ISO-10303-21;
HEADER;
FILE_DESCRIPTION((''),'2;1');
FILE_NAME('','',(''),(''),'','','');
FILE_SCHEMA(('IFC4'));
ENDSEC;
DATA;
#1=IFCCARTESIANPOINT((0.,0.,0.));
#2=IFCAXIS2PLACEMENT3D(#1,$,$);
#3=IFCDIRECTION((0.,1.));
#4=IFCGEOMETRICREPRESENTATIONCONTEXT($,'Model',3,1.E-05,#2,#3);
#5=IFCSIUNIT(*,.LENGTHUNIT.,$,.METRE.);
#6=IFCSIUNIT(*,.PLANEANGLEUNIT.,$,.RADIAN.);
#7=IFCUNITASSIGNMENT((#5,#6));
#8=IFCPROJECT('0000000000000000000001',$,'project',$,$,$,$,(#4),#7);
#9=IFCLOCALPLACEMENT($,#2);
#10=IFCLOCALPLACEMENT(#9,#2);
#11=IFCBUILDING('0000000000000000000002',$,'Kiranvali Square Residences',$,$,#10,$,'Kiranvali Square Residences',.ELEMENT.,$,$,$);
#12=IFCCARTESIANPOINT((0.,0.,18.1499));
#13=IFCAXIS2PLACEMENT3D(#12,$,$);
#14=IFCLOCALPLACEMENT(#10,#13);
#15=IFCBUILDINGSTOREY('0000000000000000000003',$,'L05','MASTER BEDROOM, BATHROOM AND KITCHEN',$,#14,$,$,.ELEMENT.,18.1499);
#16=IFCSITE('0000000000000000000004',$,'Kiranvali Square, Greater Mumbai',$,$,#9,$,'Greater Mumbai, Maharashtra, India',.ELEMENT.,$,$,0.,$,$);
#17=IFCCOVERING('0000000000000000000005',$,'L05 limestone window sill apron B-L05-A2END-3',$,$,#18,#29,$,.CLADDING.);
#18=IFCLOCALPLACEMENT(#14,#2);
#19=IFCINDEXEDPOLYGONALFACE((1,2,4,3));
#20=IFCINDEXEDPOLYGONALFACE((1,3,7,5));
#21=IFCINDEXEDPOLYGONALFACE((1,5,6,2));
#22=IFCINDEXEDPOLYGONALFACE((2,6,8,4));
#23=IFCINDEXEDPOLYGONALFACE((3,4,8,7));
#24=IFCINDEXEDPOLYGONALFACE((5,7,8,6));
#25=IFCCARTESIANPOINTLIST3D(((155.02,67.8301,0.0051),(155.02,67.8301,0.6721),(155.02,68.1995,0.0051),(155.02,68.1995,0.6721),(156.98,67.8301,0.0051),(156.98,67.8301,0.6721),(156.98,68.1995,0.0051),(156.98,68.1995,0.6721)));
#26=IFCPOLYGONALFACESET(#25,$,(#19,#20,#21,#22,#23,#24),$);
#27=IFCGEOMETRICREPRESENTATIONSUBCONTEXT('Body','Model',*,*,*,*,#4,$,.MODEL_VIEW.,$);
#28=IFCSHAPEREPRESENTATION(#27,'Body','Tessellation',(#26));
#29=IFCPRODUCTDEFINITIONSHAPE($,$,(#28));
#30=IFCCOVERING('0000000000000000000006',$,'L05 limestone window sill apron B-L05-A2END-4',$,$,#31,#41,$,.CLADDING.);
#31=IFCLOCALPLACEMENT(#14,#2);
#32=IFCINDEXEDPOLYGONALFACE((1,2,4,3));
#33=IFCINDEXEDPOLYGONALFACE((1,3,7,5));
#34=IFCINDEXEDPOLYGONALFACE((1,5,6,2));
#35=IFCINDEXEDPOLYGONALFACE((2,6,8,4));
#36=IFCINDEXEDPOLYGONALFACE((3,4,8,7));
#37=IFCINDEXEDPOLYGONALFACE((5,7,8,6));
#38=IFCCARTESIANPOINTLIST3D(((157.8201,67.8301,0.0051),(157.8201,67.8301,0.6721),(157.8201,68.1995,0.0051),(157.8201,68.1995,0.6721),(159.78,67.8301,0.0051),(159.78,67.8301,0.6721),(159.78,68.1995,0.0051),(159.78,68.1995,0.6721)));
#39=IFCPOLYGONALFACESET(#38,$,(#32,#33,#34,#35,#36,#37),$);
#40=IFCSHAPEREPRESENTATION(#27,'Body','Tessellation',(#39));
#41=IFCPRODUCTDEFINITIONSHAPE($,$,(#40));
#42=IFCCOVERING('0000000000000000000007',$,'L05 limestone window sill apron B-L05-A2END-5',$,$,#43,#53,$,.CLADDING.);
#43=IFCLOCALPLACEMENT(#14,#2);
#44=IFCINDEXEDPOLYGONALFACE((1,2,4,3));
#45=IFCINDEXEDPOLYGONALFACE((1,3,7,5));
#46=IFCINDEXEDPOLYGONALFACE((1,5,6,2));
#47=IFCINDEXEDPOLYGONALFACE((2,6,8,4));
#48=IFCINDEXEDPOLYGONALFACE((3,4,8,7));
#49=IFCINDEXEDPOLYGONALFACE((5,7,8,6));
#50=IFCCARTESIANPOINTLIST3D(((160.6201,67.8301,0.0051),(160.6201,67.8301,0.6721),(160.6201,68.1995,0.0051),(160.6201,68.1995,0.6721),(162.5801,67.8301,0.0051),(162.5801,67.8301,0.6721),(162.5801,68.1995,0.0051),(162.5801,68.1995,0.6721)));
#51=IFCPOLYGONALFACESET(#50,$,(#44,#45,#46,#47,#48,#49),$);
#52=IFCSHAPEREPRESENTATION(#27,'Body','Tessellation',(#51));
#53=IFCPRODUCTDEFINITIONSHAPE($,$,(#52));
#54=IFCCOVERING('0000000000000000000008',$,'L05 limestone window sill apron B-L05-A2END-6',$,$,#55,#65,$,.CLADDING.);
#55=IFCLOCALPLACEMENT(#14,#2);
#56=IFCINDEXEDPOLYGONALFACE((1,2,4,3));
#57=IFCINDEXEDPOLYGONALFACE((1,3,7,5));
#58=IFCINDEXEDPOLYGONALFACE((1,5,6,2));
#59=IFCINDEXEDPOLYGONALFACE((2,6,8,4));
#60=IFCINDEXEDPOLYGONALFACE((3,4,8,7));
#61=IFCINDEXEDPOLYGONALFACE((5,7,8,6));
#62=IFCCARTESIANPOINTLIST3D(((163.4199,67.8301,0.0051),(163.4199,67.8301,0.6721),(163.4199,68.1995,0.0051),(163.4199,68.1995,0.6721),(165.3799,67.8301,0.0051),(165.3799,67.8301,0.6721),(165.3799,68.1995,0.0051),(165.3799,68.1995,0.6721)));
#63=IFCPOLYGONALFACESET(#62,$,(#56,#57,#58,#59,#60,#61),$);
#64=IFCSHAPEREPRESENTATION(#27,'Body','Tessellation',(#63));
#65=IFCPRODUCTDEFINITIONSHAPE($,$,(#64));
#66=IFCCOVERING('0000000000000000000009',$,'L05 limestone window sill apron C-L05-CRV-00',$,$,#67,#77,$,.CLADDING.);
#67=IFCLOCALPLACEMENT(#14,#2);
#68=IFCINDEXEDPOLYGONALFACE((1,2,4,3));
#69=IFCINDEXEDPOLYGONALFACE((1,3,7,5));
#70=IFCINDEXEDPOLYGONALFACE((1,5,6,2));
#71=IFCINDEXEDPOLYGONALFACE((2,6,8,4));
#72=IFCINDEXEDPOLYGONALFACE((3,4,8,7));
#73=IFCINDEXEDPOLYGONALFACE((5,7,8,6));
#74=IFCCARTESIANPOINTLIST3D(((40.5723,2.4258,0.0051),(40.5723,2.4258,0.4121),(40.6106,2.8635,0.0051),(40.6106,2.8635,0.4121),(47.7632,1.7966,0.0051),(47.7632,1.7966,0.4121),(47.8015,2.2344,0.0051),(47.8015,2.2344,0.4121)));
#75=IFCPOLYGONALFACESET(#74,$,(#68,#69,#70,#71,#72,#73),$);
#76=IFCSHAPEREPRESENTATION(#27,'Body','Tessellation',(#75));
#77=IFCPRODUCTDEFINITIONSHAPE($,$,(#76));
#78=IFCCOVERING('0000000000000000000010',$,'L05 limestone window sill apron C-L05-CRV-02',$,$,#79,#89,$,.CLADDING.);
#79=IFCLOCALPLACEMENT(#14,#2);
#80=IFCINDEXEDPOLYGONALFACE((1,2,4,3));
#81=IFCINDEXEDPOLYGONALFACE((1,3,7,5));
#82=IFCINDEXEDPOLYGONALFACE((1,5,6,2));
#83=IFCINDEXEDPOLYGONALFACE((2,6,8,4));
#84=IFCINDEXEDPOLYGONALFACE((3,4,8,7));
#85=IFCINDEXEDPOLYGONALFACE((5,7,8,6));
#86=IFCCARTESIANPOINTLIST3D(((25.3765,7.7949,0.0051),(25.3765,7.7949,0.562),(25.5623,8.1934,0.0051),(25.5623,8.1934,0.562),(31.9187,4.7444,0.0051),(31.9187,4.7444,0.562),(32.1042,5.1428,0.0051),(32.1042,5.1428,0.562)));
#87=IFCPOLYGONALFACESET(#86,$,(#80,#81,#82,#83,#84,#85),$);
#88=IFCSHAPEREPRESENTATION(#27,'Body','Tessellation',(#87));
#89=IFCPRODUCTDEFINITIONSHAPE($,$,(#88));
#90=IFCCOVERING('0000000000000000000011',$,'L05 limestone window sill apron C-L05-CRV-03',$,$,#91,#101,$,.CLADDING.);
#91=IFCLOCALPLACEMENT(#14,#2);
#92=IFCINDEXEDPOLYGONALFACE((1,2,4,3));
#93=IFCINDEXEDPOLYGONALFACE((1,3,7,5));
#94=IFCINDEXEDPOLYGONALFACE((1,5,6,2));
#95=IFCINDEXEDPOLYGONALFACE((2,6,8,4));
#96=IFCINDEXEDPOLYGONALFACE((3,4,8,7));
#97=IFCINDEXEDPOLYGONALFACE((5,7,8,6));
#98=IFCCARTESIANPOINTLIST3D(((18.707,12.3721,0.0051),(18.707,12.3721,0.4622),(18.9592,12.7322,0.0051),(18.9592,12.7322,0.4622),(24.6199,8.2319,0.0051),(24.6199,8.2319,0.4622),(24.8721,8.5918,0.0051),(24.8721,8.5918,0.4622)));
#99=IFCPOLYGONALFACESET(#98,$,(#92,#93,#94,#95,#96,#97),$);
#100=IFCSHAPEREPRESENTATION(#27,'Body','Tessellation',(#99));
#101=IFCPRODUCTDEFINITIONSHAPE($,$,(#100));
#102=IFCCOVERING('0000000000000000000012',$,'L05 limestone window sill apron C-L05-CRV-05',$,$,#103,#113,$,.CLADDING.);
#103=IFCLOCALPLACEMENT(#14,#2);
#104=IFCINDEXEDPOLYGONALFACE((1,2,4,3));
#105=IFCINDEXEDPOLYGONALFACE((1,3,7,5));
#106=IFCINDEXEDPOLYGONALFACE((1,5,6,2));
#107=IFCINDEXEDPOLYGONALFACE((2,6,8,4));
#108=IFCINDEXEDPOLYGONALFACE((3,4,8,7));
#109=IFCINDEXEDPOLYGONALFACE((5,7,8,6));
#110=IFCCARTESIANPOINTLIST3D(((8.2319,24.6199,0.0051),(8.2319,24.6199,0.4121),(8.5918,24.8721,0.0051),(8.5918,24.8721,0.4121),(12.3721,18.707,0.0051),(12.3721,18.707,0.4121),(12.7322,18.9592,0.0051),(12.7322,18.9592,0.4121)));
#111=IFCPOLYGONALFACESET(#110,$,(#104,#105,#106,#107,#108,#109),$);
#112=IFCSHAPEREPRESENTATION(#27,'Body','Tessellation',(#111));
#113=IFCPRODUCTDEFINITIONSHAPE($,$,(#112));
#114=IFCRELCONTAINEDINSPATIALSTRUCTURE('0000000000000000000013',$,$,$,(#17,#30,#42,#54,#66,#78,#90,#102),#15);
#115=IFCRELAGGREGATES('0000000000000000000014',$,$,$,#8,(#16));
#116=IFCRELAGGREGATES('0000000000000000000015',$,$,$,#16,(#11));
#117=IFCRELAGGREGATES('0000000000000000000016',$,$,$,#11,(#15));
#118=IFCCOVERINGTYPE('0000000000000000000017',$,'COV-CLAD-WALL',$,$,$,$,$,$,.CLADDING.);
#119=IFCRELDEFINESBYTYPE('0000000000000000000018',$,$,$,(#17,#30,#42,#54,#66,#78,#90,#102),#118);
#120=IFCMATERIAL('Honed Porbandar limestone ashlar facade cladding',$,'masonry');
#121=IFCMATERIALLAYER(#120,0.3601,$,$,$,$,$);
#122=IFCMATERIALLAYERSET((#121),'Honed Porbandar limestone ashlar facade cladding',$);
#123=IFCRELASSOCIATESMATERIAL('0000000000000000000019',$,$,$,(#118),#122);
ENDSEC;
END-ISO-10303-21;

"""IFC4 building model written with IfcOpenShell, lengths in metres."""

from ifc_helpers import new_model, si_unit, direction, frame, origin, place, context, subcontext, project, spatial, polyline, outline, extrude, material, layer, layer_set, type_object, element, save


model = new_model("IFC4")

# Units and contexts
model_context = context("Model", 3, precision=1e-05, world=origin(), true_north=direction((0.0, 1.0)))
body_context = subcontext(model_context, "Body", "Model", "MODEL_VIEW")
ifc_project = project(units=[si_unit("LENGTHUNIT", "METRE"), si_unit("PLANEANGLEUNIT", "RADIAN")], contexts=[model_context])

# Site, building, storey
site_placement = place(None, origin())
site = spatial("IfcSite", under=ifc_project, at=site_placement, Name="Kiranvali Square, Greater Mumbai", LongName="Greater Mumbai, Maharashtra, India", CompositionType="ELEMENT", RefElevation=0.0)
building_placement = place(site_placement, origin())
building = spatial("IfcBuilding", under=site, at=building_placement, Name="Kiranvali Square Residences", LongName="Kiranvali Square Residences", CompositionType="ELEMENT")
storey_placement = place(building_placement, frame((0.0, 0.0, 18.1499)))
storey = spatial("IfcBuildingStorey", under=building, at=storey_placement, Name="L05", Description="MASTER BEDROOM, BATHROOM AND KITCHEN", CompositionType="ELEMENT", Elevation=18.1499)

# Coverings
ifc_material = material(Name="Honed Porbandar limestone ashlar facade cladding", Category="masonry")
ifc_layer_1 = layer(ifc_material, 0.3601)
ifc_layer_set_1 = layer_set([ifc_layer_1], Name="Honed Porbandar limestone ashlar facade cladding")
covering_type_1 = type_object("IfcCoveringType", Name="COV-CLAD-WALL", PredefinedType="CLADDING", material=ifc_layer_set_1)
covering_1_placement = place(storey_placement, frame((0.0, 0.0, 0.0051)))
element("IfcCovering", 1, at=covering_1_placement, inside=storey, type_object=covering_type_1, Name="L05 limestone window sill apron B-L05-A2END-3", PredefinedType="CLADDING", context=body_context, shape_type="SweptSolid", body=[
    extrude(outline(polyline([(155.02, 67.8301), (156.98, 67.8301), (156.98, 68.1995), (155.02, 68.1995), (155.02, 67.8301)])), origin(), (0.0, 0.0, 1.0), 0.667),
])
covering_2_placement = place(storey_placement, frame((0.0, 0.0, 0.0051)))
element("IfcCovering", 2, at=covering_2_placement, inside=storey, type_object=covering_type_1, Name="L05 limestone window sill apron B-L05-A2END-4", PredefinedType="CLADDING", context=body_context, shape_type="SweptSolid", body=[
    extrude(outline(polyline([(157.8201, 67.8301), (159.78, 67.8301), (159.78, 68.1995), (157.8201, 68.1995), (157.8201, 67.8301)])), origin(), (0.0, 0.0, 1.0), 0.667),
])
covering_3_placement = place(storey_placement, frame((0.0, 0.0, 0.0051)))
element("IfcCovering", 3, at=covering_3_placement, inside=storey, type_object=covering_type_1, Name="L05 limestone window sill apron B-L05-A2END-5", PredefinedType="CLADDING", context=body_context, shape_type="SweptSolid", body=[
    extrude(outline(polyline([(160.6201, 67.8301), (162.5801, 67.8301), (162.5801, 68.1995), (160.6201, 68.1995), (160.6201, 67.8301)])), origin(), (0.0, 0.0, 1.0), 0.667),
])
covering_4_placement = place(storey_placement, frame((0.0, 0.0, 0.0051)))
element("IfcCovering", 4, at=covering_4_placement, inside=storey, type_object=covering_type_1, Name="L05 limestone window sill apron B-L05-A2END-6", PredefinedType="CLADDING", context=body_context, shape_type="SweptSolid", body=[
    extrude(outline(polyline([(163.4199, 67.8301), (165.3799, 67.8301), (165.3799, 68.1995), (163.4199, 68.1995), (163.4199, 67.8301)])), origin(), (0.0, 0.0, 1.0), 0.667),
])
covering_5_placement = place(storey_placement, frame((0.0, 0.0, 0.0051)))
element("IfcCovering", 5, at=covering_5_placement, inside=storey, type_object=covering_type_1, Name="L05 limestone window sill apron C-L05-CRV-00", PredefinedType="CLADDING", context=body_context, shape_type="SweptSolid", body=[
    extrude(outline(polyline([(47.8015, 2.2344), (40.6106, 2.8635), (40.5723, 2.4258), (47.7632, 1.7966), (47.8015, 2.2344)])), origin(), (0.0, 0.0, 1.0), 0.407),
])
covering_6_placement = place(storey_placement, frame((0.0, 0.0, 0.0051)))
element("IfcCovering", 6, at=covering_6_placement, inside=storey, type_object=covering_type_1, Name="L05 limestone window sill apron C-L05-CRV-02", PredefinedType="CLADDING", context=body_context, shape_type="SweptSolid", body=[
    extrude(outline(polyline([(32.1042, 5.1428), (25.5623, 8.1934), (25.3765, 7.7949), (31.9187, 4.7444), (32.1042, 5.1428)])), origin(), (0.0, 0.0, 1.0), 0.5569),
])
covering_7_placement = place(storey_placement, frame((0.0, 0.0, 0.0051)))
element("IfcCovering", 7, at=covering_7_placement, inside=storey, type_object=covering_type_1, Name="L05 limestone window sill apron C-L05-CRV-03", PredefinedType="CLADDING", context=body_context, shape_type="SweptSolid", body=[
    extrude(outline(polyline([(24.8721, 8.5918), (18.9592, 12.7322), (18.707, 12.3721), (24.6199, 8.2319), (24.8721, 8.5918)])), origin(), (0.0, 0.0, 1.0), 0.457),
])
covering_8_placement = place(storey_placement, frame((0.0, 0.0, 0.0051)))
element("IfcCovering", 8, at=covering_8_placement, inside=storey, type_object=covering_type_1, Name="L05 limestone window sill apron C-L05-CRV-05", PredefinedType="CLADDING", context=body_context, shape_type="SweptSolid", body=[
    extrude(outline(polyline([(12.7322, 18.9592), (8.5918, 24.8721), (8.2319, 24.6199), (12.3721, 18.707), (12.7322, 18.9592)])), origin(), (0.0, 0.0, 1.0), 0.407),
])

save(model, "model.ifc")
